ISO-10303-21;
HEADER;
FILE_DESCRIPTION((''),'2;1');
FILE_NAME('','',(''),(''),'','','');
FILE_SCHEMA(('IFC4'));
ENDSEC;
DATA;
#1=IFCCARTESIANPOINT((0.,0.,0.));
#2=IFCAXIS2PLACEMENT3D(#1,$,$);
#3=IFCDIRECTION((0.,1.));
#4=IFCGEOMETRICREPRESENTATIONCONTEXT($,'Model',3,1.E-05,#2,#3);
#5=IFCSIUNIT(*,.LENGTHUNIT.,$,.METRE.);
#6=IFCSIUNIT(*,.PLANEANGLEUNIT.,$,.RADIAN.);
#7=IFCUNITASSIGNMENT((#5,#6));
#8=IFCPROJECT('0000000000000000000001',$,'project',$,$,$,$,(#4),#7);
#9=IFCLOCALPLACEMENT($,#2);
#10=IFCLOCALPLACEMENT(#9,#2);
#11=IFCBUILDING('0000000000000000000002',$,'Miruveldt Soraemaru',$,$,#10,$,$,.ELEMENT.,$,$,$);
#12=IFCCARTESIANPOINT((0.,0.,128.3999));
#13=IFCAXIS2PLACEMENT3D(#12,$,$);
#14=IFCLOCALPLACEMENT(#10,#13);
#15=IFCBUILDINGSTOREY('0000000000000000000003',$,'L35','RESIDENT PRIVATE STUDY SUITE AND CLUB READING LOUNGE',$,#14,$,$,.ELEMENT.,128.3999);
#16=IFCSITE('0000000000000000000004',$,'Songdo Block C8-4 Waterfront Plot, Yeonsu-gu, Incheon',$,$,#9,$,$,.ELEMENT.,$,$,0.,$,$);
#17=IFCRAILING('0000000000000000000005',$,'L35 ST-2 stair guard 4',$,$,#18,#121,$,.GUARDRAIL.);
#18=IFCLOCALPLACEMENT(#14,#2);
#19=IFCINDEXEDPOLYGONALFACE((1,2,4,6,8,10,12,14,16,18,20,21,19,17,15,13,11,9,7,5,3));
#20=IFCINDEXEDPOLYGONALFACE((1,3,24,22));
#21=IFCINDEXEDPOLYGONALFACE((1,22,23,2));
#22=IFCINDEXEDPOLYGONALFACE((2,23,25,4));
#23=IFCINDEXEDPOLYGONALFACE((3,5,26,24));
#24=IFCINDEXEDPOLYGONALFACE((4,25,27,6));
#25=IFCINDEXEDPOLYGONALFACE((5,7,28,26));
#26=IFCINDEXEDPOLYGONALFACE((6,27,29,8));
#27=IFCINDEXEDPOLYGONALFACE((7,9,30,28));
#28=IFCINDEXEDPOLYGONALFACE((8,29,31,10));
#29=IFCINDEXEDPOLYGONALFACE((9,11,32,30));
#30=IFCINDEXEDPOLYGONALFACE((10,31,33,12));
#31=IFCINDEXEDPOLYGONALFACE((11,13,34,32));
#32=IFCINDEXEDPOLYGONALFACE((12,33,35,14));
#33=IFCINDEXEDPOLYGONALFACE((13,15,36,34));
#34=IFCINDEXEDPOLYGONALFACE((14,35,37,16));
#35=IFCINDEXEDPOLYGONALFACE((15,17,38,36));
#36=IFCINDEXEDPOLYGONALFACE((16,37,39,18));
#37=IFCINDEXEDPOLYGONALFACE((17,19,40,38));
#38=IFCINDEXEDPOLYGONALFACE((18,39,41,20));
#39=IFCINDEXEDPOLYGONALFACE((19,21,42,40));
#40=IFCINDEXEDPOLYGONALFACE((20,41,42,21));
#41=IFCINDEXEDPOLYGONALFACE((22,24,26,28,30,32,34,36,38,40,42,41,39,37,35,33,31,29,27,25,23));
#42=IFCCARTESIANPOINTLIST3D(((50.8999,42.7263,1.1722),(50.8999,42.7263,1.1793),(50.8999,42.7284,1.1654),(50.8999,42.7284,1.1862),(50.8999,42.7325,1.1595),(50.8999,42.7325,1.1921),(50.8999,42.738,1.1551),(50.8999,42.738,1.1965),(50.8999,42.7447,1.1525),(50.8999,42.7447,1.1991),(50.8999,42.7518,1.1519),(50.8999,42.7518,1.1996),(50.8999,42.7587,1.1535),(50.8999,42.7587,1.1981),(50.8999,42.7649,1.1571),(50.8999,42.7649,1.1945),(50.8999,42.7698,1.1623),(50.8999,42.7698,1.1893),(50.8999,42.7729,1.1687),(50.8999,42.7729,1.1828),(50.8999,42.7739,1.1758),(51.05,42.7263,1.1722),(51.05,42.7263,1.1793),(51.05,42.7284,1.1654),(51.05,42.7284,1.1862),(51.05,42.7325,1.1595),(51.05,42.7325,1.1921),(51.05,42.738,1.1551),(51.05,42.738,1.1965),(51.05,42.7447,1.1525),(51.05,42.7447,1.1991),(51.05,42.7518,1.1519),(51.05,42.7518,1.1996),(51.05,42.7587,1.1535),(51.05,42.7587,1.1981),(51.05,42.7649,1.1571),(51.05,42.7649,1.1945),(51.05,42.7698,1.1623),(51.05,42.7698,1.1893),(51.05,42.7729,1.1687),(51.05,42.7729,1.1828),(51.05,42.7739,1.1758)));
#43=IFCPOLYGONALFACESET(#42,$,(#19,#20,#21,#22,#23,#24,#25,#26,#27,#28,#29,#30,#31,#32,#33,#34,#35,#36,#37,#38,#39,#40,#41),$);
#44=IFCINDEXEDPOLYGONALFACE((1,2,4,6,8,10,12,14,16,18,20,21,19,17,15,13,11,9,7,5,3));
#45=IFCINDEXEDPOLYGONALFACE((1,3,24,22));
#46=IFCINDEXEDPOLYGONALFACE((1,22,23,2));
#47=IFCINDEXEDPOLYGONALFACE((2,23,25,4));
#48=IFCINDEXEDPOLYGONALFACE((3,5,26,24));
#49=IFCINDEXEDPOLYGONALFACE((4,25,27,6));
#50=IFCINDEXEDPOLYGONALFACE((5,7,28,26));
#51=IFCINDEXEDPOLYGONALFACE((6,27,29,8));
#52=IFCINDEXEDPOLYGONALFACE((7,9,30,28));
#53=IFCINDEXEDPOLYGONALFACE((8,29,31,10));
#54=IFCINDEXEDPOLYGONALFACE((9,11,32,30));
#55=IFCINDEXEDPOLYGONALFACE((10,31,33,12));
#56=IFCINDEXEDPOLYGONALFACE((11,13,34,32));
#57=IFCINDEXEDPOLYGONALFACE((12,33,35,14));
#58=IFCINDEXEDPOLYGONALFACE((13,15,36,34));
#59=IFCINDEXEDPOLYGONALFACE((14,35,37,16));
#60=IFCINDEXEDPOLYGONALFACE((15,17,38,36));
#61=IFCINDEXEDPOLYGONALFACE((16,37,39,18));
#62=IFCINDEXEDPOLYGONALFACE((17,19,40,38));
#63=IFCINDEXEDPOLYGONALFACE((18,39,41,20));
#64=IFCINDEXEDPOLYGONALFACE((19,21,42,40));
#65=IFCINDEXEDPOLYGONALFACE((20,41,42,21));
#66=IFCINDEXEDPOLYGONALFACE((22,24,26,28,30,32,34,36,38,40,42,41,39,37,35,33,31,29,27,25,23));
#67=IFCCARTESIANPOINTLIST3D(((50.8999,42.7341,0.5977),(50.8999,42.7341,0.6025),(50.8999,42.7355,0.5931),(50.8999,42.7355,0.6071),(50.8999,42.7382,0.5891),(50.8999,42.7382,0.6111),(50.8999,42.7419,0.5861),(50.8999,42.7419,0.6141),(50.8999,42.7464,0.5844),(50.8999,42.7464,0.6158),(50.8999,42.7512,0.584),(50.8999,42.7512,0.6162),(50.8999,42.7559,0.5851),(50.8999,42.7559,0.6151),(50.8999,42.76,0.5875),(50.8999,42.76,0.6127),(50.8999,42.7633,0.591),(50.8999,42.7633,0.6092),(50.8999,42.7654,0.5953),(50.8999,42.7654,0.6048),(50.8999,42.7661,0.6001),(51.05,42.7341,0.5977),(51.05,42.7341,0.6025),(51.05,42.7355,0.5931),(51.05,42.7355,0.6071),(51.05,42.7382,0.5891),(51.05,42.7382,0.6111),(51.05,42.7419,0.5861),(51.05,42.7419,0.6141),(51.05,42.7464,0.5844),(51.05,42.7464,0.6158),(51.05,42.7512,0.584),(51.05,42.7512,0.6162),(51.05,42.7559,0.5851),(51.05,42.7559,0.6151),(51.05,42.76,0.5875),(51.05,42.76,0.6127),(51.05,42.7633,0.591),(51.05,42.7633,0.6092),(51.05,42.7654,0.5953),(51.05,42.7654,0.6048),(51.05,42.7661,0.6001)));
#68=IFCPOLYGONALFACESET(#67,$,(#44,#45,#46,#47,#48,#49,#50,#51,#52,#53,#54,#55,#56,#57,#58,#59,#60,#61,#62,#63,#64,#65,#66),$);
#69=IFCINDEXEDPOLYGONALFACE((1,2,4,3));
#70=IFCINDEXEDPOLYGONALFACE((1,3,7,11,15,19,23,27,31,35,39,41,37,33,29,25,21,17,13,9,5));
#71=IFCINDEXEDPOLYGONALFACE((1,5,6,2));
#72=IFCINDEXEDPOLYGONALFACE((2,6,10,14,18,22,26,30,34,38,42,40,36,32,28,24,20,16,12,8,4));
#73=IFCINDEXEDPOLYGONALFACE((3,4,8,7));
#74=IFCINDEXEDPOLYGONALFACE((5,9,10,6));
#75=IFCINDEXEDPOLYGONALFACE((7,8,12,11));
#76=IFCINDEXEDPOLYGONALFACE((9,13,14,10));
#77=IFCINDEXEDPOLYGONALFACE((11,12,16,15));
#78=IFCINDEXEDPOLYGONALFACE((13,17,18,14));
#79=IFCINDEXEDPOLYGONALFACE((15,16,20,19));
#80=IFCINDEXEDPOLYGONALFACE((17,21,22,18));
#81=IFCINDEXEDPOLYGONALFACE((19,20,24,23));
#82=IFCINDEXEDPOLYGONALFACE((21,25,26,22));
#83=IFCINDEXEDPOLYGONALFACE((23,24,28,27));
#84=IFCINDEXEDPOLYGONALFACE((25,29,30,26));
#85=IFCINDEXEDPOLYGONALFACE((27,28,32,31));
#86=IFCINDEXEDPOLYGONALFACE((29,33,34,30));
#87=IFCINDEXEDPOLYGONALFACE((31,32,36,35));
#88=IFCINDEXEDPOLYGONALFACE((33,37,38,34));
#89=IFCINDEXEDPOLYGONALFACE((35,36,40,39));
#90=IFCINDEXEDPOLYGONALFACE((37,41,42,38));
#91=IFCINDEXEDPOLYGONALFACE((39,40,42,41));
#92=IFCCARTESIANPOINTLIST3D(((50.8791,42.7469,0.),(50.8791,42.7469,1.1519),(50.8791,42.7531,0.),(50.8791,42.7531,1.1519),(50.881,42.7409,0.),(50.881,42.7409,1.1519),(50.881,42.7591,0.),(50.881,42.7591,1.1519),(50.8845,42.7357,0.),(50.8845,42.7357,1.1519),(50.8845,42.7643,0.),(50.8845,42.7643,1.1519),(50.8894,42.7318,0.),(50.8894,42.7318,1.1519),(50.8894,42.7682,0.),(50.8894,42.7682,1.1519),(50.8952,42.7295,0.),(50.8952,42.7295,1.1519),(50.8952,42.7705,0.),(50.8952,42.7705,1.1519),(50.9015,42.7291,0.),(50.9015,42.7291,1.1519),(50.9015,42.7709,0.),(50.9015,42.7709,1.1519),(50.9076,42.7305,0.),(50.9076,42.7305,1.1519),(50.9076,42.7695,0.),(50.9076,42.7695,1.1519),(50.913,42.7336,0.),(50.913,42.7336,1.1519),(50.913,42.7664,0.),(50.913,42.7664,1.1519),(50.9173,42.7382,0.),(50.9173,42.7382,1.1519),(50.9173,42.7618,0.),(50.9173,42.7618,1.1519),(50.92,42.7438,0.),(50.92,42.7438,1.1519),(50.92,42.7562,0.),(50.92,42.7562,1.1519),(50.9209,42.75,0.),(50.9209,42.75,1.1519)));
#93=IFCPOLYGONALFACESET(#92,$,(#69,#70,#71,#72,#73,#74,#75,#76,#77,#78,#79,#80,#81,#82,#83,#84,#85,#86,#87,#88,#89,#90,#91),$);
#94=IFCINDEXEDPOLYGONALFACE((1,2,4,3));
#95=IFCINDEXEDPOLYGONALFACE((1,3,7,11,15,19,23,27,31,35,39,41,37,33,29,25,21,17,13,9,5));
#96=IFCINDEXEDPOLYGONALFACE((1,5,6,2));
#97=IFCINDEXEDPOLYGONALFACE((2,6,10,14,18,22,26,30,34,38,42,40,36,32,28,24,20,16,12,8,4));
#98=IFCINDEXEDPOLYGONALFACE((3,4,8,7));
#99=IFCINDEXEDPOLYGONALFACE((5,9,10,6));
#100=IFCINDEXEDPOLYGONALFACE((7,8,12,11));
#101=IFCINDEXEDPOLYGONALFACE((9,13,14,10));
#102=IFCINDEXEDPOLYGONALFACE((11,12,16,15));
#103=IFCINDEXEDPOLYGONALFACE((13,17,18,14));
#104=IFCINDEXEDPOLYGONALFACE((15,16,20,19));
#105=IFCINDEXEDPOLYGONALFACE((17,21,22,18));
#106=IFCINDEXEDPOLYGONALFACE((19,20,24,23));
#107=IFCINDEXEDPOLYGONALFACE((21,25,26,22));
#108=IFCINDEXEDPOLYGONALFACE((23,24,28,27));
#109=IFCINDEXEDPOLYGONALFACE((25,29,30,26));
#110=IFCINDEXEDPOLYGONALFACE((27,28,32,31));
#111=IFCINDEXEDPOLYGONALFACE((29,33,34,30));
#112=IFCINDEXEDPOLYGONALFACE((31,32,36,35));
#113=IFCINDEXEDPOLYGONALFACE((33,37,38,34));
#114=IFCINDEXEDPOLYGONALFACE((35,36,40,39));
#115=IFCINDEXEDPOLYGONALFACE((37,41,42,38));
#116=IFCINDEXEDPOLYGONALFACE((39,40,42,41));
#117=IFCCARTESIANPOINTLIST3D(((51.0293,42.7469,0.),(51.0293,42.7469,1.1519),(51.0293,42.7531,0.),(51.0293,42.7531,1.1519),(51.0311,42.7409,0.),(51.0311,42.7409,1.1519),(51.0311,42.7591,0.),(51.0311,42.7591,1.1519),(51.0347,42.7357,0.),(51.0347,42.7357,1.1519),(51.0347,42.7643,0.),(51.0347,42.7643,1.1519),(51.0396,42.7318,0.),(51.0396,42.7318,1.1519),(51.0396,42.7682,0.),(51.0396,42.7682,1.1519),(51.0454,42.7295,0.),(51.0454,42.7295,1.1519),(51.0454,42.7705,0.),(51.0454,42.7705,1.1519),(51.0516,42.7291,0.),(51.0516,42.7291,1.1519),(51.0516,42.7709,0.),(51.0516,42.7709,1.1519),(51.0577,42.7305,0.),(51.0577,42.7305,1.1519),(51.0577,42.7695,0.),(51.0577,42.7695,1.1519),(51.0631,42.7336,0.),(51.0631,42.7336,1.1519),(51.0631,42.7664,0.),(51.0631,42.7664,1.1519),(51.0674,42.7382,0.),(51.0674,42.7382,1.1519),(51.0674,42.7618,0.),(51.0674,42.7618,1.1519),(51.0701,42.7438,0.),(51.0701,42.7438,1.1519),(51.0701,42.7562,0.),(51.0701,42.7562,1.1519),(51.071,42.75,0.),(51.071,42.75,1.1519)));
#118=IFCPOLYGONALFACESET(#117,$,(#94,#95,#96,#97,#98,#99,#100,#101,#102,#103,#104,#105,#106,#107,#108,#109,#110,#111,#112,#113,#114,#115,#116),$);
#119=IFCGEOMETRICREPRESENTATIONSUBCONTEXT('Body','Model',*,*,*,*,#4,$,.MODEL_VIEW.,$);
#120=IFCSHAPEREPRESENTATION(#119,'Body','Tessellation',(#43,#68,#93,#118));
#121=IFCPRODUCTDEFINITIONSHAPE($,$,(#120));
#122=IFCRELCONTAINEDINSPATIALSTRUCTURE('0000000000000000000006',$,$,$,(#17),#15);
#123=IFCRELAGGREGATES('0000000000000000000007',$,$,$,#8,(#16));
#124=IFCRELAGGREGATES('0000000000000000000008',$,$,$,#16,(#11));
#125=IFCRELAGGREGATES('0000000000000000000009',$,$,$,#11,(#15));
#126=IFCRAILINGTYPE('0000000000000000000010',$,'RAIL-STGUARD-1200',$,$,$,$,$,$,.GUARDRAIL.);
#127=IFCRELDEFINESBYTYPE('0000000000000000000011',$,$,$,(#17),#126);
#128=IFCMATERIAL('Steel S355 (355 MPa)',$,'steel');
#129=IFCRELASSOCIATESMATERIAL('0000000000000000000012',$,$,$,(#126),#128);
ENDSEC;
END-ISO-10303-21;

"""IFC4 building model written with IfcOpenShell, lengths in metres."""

from ifc_helpers import new_model, si_unit, direction, frame, origin, origin_2d, place, context, subcontext, project, spatial, circle, extrude, material, type_object, element, save


model = new_model("IFC4")

# Units and contexts
model_context = context("Model", 3, precision=1e-05, world=origin(), true_north=direction((0.0, 1.0)))
body_context = subcontext(model_context, "Body", "Model", "MODEL_VIEW")
ifc_project = project(units=[si_unit("LENGTHUNIT", "METRE"), si_unit("PLANEANGLEUNIT", "RADIAN")], contexts=[model_context])

# Site, building, storey
site_placement = place(None, origin())
site = spatial("IfcSite", under=ifc_project, at=site_placement, Name="Songdo Block C8-4 Waterfront Plot, Yeonsu-gu, Incheon", CompositionType="ELEMENT", RefElevation=0.0)
building_placement = place(site_placement, origin())
building = spatial("IfcBuilding", under=site, at=building_placement, Name="Miruveldt Soraemaru", CompositionType="ELEMENT")
storey_placement = place(building_placement, frame((0.0, 0.0, 128.3999)))
storey = spatial("IfcBuildingStorey", under=building, at=storey_placement, Name="L35", Description="RESIDENT PRIVATE STUDY SUITE AND CLUB READING LOUNGE", CompositionType="ELEMENT", Elevation=128.3999)

# Railing
ifc_material_1 = material(Name="Steel S355 (355 MPa)", Category="steel")
railing_type_1 = type_object("IfcRailingType", Name="RAIL-STGUARD-1200", PredefinedType="GUARDRAIL", material=ifc_material_1)
railing_1_placement = place(storey_placement, frame((50.8999, 42.75, 0.0)))
element("IfcRailing", 1, at=railing_1_placement, inside=storey, type_object=railing_type_1, Name="L35 ST-2 stair guard 4", PredefinedType="GUARDRAIL", context=body_context, shape_type="SweptSolid", body=[
    extrude(circle(Radius=0.0239, at=origin_2d()), frame((0.0, 0.0, 1.1758), z_axis=(1.0, 0.0, 0.0), x_axis=(0.0, 1.0, 0.0)), (0.0, 0.0, 1.0), 0.1501),
    extrude(circle(Radius=0.0161, at=origin_2d()), frame((0.0, 0.0, 0.6001), z_axis=(1.0, 0.0, 0.0), x_axis=(0.0, 1.0, 0.0)), (0.0, 0.0, 1.0), 0.1501),
    extrude(circle(Radius=0.021, at=origin_2d()), origin(), (0.0, 0.0, 1.0), 1.1519),
    extrude(circle(Radius=0.021, at=origin_2d()), frame((0.1501, 0.0, 0.0)), (0.0, 0.0, 1.0), 1.1519),
])

save(model, "model.ifc")
